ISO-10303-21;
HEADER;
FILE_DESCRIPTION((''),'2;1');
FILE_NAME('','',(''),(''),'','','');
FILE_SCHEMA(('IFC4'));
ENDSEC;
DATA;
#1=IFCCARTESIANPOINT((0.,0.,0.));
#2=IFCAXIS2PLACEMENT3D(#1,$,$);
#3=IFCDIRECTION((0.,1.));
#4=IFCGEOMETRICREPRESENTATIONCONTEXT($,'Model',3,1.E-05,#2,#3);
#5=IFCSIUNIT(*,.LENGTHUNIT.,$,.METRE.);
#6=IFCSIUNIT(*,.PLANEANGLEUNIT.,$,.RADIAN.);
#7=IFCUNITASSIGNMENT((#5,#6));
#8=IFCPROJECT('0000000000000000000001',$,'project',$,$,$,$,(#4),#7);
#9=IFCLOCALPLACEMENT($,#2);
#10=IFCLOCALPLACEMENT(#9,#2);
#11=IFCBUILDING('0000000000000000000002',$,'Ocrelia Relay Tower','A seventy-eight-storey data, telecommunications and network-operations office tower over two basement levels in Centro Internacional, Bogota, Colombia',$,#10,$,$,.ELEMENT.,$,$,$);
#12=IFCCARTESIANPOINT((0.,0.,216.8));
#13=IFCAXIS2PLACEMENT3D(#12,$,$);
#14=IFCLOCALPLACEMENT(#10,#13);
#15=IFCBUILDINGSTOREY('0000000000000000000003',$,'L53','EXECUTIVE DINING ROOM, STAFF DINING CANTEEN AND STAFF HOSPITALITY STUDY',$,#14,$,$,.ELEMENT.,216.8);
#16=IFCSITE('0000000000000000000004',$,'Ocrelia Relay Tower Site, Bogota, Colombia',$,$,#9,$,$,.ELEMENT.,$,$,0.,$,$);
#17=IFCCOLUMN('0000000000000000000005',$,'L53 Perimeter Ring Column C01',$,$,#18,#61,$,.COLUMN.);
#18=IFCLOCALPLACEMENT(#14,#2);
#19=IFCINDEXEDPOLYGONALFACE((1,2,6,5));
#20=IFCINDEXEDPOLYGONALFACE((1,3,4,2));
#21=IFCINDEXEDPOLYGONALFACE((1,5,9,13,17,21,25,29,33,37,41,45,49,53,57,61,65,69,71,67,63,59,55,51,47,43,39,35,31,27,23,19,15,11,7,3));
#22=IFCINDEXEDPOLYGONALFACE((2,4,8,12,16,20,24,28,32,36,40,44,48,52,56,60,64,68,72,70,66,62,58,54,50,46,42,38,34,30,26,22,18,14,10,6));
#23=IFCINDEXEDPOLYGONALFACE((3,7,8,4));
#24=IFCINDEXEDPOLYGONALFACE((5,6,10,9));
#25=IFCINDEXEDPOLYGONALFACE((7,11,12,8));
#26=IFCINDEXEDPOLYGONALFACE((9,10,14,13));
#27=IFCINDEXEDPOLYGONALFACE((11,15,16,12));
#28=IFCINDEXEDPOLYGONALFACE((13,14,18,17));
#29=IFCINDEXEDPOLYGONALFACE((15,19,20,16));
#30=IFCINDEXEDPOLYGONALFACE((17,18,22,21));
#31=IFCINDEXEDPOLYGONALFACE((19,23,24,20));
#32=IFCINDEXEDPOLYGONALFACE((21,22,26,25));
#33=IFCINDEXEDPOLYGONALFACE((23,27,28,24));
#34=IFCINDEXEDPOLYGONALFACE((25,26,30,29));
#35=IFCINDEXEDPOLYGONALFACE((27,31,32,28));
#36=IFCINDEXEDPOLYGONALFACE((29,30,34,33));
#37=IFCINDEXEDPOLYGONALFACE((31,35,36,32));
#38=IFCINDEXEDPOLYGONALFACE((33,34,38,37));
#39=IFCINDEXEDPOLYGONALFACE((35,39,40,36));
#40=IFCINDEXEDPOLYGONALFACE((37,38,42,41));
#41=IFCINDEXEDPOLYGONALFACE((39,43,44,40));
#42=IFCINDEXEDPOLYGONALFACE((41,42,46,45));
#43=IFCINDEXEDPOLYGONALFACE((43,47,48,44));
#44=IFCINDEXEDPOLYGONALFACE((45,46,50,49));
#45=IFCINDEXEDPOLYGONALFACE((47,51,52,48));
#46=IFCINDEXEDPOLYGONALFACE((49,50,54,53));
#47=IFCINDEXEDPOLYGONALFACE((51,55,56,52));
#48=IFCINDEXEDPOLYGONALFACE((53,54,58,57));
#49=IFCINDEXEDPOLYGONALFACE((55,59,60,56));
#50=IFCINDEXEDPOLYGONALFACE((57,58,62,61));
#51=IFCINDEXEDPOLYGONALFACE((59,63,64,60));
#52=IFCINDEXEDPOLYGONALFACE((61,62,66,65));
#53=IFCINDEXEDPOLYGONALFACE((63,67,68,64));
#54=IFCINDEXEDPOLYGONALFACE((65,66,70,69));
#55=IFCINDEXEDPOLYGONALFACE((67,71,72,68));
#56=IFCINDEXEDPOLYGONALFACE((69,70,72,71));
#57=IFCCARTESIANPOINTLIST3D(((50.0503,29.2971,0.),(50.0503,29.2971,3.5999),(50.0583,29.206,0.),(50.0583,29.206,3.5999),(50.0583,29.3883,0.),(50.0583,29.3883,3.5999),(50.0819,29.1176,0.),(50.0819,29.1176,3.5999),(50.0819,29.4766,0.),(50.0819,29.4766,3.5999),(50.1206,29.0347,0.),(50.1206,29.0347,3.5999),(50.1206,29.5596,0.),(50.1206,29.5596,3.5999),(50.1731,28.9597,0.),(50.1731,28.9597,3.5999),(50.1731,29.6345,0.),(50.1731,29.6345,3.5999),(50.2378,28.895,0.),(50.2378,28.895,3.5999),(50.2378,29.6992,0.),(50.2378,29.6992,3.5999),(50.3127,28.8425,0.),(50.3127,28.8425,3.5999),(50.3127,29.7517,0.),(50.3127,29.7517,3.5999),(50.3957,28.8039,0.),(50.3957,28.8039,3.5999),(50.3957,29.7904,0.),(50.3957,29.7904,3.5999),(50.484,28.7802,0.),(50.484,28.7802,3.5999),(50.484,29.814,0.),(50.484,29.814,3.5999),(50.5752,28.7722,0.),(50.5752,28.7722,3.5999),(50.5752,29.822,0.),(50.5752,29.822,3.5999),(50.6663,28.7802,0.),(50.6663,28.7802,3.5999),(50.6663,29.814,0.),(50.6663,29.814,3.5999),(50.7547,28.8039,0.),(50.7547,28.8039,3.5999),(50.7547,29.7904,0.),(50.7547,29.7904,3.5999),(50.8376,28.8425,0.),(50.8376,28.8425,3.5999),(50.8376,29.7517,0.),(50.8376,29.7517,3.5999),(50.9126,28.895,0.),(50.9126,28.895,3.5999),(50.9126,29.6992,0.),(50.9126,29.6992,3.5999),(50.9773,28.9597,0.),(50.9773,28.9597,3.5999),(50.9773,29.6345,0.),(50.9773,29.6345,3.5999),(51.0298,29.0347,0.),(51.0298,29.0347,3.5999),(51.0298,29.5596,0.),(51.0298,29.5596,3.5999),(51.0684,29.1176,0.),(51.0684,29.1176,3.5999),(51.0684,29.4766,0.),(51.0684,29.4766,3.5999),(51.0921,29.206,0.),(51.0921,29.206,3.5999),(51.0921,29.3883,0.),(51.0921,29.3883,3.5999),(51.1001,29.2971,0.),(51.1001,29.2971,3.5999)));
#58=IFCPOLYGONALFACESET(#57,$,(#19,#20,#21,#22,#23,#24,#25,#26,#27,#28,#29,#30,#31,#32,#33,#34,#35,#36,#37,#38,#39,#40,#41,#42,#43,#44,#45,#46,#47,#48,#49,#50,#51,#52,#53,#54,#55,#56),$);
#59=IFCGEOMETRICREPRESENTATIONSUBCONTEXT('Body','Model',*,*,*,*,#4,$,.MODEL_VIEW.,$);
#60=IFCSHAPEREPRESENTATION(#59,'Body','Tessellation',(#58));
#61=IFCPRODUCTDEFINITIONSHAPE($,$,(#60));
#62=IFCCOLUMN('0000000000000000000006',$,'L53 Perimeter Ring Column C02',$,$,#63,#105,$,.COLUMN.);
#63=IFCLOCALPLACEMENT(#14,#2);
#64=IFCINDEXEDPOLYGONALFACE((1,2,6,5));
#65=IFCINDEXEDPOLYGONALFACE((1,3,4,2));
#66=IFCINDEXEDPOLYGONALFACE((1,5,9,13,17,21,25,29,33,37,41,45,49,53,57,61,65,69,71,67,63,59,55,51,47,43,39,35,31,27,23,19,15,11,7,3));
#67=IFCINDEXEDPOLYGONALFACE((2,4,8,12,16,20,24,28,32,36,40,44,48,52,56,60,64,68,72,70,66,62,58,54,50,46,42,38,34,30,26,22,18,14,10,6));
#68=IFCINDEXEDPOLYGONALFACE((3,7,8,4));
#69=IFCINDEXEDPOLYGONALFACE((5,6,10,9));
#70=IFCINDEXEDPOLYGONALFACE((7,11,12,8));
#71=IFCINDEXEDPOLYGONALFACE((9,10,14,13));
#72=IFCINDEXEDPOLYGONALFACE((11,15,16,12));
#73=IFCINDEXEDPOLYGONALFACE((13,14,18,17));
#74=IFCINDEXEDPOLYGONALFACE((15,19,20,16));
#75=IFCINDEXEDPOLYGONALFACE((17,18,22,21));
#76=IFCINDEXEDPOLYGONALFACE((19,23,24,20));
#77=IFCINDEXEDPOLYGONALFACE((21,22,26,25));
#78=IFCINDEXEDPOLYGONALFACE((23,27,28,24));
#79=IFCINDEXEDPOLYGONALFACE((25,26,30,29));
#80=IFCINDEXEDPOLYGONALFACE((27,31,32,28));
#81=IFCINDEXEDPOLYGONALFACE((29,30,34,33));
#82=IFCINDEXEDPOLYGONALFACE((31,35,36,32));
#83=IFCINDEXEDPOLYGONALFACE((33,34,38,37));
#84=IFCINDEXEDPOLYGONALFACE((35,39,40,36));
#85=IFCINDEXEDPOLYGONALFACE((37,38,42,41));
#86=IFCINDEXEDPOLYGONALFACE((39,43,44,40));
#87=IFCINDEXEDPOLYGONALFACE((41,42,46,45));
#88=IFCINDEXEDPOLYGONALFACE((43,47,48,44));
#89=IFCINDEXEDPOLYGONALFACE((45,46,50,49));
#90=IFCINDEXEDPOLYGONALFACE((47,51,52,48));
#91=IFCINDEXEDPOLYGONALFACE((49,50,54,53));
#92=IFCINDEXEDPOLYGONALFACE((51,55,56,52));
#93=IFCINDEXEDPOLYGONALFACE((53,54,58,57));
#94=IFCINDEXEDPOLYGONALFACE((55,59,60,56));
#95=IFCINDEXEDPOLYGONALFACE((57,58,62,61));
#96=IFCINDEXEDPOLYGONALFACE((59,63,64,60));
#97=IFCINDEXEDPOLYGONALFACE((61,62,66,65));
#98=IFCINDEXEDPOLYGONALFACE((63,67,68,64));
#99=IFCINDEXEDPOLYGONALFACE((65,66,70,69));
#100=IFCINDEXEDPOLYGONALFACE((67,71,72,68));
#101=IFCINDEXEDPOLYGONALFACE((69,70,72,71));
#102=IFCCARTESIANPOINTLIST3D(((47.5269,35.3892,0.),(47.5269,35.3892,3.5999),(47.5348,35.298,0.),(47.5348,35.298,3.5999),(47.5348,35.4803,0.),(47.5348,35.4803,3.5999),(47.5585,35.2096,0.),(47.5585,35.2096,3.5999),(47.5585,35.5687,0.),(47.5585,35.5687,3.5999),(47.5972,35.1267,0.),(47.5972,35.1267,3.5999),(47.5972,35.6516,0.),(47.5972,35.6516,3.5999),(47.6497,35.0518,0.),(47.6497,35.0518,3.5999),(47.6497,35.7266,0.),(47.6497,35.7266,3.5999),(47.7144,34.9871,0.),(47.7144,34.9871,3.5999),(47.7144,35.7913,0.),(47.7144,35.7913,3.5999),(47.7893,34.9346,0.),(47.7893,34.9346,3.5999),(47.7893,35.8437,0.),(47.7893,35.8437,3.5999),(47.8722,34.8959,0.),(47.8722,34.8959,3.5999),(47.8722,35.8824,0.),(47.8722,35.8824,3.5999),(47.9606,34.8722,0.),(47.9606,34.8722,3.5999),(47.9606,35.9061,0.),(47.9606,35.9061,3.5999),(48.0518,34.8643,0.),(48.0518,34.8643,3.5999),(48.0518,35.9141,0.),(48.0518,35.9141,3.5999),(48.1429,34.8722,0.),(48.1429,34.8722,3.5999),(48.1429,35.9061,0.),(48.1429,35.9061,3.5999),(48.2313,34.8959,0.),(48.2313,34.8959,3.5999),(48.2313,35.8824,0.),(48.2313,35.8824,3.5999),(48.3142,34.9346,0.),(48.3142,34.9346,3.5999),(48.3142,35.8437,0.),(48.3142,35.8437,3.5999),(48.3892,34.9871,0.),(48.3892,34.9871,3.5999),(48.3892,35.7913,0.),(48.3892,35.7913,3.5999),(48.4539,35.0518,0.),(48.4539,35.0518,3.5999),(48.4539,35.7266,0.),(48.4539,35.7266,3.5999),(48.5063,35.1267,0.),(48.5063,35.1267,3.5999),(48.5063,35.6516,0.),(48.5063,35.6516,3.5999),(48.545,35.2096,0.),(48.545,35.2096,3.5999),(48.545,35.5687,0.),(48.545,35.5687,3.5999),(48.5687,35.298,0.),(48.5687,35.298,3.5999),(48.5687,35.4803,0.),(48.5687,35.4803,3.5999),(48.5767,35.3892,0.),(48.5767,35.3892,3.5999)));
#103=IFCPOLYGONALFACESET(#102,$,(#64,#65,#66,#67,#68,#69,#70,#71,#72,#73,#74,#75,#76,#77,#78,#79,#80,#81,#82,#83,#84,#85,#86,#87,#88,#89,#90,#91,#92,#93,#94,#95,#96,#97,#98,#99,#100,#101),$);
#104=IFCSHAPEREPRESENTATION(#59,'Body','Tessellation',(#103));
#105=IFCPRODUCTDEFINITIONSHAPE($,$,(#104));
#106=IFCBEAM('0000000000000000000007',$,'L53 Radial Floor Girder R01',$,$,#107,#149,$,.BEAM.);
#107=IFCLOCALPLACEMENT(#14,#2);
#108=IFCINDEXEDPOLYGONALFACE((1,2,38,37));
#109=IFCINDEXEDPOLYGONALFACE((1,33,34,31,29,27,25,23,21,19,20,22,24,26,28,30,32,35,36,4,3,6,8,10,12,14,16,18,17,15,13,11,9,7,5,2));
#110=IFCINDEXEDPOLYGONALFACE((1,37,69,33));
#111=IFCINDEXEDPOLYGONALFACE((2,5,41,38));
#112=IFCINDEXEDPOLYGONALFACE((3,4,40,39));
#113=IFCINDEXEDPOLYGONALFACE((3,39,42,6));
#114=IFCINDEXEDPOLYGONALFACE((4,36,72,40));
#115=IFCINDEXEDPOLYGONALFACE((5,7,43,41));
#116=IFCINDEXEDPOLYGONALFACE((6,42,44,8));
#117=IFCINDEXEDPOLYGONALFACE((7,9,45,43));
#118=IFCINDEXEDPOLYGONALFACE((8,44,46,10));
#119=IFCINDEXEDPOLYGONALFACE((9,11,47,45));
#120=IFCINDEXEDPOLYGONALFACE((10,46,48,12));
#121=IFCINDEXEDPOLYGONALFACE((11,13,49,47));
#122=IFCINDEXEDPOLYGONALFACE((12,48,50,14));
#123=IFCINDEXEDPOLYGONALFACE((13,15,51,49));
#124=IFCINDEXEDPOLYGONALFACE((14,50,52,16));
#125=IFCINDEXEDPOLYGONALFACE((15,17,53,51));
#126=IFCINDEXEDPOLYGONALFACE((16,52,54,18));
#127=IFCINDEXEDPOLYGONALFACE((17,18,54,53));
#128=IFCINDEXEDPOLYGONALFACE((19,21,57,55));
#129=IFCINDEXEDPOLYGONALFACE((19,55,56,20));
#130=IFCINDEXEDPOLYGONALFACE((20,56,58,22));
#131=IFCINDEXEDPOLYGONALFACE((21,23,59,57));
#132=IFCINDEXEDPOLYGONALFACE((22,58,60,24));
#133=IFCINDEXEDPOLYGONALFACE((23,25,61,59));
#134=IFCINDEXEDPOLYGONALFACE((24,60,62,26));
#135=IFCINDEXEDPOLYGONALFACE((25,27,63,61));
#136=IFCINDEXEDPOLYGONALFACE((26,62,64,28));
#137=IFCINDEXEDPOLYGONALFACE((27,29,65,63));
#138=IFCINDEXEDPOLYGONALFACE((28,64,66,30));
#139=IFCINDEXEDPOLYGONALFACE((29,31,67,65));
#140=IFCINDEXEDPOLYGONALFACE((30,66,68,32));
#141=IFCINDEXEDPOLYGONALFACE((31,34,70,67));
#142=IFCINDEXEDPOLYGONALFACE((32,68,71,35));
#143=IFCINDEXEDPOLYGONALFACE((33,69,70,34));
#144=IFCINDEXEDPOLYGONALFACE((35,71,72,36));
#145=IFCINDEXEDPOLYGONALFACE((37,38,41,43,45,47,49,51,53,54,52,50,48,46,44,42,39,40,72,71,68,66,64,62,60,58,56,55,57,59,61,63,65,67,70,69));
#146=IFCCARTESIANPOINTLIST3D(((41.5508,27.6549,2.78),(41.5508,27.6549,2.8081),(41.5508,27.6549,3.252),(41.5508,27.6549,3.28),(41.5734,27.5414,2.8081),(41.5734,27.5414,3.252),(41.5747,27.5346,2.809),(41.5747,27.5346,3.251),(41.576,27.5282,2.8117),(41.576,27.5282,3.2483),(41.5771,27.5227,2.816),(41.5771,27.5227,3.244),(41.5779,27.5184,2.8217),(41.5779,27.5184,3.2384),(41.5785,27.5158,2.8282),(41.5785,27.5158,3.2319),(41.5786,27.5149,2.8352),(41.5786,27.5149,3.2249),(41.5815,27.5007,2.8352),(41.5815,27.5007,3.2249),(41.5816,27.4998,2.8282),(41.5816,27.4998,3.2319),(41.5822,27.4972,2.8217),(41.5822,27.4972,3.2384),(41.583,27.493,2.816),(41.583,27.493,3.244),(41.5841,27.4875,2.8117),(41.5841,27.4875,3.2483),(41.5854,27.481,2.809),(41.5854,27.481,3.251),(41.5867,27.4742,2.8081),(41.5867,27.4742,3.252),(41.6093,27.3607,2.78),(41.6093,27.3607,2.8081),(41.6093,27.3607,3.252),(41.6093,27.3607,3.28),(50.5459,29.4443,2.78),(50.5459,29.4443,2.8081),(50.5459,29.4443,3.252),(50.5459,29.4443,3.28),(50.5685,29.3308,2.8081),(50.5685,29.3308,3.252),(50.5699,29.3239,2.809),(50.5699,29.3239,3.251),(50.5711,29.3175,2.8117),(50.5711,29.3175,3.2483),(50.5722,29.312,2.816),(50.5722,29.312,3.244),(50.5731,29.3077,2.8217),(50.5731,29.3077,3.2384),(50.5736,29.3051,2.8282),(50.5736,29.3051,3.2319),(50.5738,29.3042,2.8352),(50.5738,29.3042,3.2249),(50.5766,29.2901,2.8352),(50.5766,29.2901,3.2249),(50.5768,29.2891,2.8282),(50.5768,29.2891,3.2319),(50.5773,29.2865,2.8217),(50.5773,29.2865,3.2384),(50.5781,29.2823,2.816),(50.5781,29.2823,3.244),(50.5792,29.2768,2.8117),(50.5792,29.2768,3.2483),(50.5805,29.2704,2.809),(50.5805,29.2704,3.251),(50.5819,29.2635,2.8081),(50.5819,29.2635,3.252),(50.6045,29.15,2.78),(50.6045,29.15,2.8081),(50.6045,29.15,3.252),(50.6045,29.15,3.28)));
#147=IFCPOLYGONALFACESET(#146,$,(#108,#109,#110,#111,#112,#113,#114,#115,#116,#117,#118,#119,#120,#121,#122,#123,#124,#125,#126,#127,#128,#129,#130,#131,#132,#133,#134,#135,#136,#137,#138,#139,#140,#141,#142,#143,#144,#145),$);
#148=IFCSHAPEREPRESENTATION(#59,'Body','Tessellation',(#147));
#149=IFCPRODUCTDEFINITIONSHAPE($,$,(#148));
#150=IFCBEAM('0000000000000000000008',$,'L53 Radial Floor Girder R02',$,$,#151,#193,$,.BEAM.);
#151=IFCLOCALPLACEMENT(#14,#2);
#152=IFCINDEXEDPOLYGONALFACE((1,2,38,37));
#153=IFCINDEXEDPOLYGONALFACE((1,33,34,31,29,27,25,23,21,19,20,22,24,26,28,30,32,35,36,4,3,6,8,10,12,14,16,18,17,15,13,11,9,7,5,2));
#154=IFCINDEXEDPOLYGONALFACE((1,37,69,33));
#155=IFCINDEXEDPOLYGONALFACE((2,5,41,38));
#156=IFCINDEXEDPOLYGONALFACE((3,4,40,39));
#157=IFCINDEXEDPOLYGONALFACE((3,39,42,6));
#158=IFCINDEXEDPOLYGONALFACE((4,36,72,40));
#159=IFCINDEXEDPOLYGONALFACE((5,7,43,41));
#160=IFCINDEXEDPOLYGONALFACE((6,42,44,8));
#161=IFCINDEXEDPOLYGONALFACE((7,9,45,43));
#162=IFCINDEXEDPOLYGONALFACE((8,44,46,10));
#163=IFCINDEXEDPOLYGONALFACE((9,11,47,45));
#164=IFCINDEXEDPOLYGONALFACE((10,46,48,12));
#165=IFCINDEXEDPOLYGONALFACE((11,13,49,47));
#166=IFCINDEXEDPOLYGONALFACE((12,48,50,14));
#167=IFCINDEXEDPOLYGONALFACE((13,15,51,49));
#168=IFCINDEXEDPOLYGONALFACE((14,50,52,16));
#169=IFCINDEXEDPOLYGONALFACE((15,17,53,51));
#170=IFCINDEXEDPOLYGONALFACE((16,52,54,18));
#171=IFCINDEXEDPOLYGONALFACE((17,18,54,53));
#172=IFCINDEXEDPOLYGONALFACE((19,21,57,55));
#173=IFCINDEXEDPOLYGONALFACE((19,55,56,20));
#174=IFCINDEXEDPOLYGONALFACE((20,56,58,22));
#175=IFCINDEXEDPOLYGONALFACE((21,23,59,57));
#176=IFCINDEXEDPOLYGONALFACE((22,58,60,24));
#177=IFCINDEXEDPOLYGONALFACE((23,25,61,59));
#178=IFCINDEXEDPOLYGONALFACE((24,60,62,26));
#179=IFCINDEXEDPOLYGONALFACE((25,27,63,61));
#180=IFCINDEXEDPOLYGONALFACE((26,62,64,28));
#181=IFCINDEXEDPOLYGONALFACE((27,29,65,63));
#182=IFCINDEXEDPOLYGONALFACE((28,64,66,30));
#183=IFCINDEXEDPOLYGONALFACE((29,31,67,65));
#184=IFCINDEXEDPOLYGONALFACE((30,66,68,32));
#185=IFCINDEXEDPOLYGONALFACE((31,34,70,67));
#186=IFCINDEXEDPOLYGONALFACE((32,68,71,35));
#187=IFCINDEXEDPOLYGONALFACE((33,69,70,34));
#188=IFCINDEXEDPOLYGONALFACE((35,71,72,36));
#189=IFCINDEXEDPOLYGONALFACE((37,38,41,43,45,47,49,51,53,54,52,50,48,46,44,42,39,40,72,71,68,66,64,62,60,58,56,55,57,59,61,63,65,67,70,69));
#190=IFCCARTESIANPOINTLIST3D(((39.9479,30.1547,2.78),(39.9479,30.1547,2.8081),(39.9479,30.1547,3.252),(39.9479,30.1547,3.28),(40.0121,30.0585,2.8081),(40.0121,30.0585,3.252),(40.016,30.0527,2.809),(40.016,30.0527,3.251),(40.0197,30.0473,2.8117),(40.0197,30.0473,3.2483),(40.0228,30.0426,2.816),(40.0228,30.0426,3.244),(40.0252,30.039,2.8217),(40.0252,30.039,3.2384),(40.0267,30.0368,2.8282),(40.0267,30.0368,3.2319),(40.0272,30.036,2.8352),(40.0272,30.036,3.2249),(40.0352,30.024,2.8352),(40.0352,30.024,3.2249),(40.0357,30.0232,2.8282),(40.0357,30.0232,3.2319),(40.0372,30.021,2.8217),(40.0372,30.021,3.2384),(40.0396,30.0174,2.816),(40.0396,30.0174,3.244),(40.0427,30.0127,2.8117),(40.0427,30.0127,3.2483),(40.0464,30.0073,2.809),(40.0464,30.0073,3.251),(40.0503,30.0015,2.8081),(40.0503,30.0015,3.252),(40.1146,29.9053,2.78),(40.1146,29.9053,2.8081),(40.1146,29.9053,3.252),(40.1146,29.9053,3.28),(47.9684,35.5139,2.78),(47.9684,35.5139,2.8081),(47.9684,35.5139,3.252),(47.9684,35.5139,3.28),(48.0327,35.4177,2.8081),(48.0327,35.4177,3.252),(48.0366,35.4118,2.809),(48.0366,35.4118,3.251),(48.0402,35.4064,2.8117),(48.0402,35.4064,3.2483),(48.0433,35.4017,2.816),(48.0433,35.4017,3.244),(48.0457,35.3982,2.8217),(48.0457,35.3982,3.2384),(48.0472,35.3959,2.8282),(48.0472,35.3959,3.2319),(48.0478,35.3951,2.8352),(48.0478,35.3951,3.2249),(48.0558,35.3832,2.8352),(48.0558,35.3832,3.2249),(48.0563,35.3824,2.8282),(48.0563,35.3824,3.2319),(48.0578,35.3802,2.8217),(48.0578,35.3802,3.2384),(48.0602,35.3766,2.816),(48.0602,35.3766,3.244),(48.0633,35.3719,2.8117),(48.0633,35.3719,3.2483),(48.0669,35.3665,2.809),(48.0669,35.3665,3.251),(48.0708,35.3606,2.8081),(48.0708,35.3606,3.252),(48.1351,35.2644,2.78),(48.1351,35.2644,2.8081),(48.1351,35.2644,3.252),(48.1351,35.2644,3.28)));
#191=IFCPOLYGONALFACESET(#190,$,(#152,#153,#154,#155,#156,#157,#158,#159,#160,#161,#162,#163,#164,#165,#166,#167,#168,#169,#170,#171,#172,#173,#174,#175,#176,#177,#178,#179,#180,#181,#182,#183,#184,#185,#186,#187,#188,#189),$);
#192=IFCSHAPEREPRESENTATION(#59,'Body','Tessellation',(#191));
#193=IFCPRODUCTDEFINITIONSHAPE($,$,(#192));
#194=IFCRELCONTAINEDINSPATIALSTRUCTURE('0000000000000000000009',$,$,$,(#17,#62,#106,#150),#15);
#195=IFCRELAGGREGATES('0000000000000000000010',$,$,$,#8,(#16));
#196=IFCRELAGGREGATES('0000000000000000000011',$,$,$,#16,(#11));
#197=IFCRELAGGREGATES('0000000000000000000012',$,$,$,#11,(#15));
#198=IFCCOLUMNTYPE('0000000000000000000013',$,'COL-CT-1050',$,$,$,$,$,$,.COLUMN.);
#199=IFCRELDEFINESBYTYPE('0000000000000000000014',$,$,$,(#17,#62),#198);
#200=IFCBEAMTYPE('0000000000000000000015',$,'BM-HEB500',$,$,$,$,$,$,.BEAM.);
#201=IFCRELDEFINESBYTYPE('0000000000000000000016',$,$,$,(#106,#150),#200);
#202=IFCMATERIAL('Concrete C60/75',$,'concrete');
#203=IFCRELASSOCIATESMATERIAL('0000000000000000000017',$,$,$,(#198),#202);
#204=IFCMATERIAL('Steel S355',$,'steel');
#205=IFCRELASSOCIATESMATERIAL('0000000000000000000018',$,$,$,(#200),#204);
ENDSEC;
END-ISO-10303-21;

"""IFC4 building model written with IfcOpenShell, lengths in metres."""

from ifc_helpers import new_model, si_unit, direction, frame, origin, origin_2d, place, context, subcontext, project, spatial, circle, i_section, extrude, material, material_profile, profile_set, type_object, element, save


model = new_model("IFC4")

# Units and contexts
model_context = context("Model", 3, precision=1e-05, world=origin(), true_north=direction((0.0, 1.0)))
body_context = subcontext(model_context, "Body", "Model", "MODEL_VIEW")
ifc_project = project(units=[si_unit("LENGTHUNIT", "METRE"), si_unit("PLANEANGLEUNIT", "RADIAN")], contexts=[model_context])

# Site, building, storey
site_placement = place(None, origin())
site = spatial("IfcSite", under=ifc_project, at=site_placement, Name="Ocrelia Relay Tower Site, Bogota, Colombia", CompositionType="ELEMENT", RefElevation=0.0)
building_placement = place(site_placement, origin())
building = spatial("IfcBuilding", under=site, at=building_placement, Name="Ocrelia Relay Tower", Description="A seventy-eight-storey data, telecommunications and network-operations office tower over two basement levels in Centro Internacional, Bogota, Colombia", CompositionType="ELEMENT")
storey_placement = place(building_placement, frame((0.0, 0.0, 216.8)))
storey = spatial("IfcBuildingStorey", under=building, at=storey_placement, Name="L53", Description="EXECUTIVE DINING ROOM, STAFF DINING CANTEEN AND STAFF HOSPITALITY STUDY", CompositionType="ELEMENT", Elevation=216.8)

# Columns
ifc_material_1 = material(Name="Concrete C60/75", Category="concrete")
ifc_material_profile_1 = material_profile(ifc_material_1, circle(Radius=0.5249, at=origin_2d()), Name="RC-CIR-1050")
ifc_profile_set_1 = profile_set([ifc_material_profile_1], Name="Concrete C60/75")
column_type = type_object("IfcColumnType", Name="COL-CT-1050", PredefinedType="COLUMN", material=ifc_profile_set_1)
for number, where, z_axis, x_axis, name in (
    (1, (50.5752, 29.2971, 0.0), (0.0, 0.0, 1.0), (1.0, 0.0, 0.0), "L53 Perimeter Ring Column C01"),
    (2, (48.0518, 35.3892, 0.0), (0.0, 0.0, 1.0), (1.0, 0.0, 0.0), "L53 Perimeter Ring Column C02"),
):
    element("IfcColumn", number, at=place(storey_placement, frame(where, z_axis=z_axis, x_axis=x_axis)), inside=storey, type_object=column_type, Name=name, PredefinedType="COLUMN", context=body_context, shape_type="SweptSolid", body=[
        extrude(circle(Radius=0.5249, at=origin_2d()), origin(), (0.0, 0.0, 1.0), 3.5999),
    ])

# Beams
ifc_material_2 = material(Name="Steel S355", Category="steel")
ifc_material_profile_2 = material_profile(ifc_material_2, i_section(OverallWidth=0.3, OverallDepth=0.5, WebThickness=0.0144, FlangeThickness=0.0281, FilletRadius=0.0271, at=origin_2d()), Name="HEB 500")
ifc_profile_set_2 = profile_set([ifc_material_profile_2], Name="Steel S355")
beam_type_1 = type_object("IfcBeamType", Name="BM-HEB500", PredefinedType="BEAM", material=ifc_profile_set_2)
beam_1_placement = place(storey_placement, frame((50.5752, 29.2971, 3.03), z_axis=(-0.980784, -0.195097, 0.0), x_axis=(0.195097, -0.980784, 0.0)))
element("IfcBeam", 3, at=beam_1_placement, inside=storey, type_object=beam_type_1, Name="L53 Radial Floor Girder R01", PredefinedType="BEAM", context=body_context, shape_type="SweptSolid", body=[
    extrude(i_section(OverallWidth=0.3, OverallDepth=0.5, WebThickness=0.0144, FlangeThickness=0.0281, FilletRadius=0.0271, at=origin_2d()), origin(), (0.0, 0.0, 1.0), 9.1714),
])
beam_2_placement = place(storey_placement, frame((48.0518, 35.3892, 3.03), z_axis=(-0.83147, -0.55557, 0.0), x_axis=(0.55557, -0.83147, 0.0)))
element("IfcBeam", 4, at=beam_2_placement, inside=storey, type_object=beam_type_1, Name="L53 Radial Floor Girder R02", PredefinedType="BEAM", context=body_context, shape_type="SweptSolid", body=[
    extrude(i_section(OverallWidth=0.3, OverallDepth=0.5, WebThickness=0.0144, FlangeThickness=0.0281, FilletRadius=0.0271, at=origin_2d()), origin(), (0.0, 0.0, 1.0), 9.6462),
])

save(model, "model.ifc")
